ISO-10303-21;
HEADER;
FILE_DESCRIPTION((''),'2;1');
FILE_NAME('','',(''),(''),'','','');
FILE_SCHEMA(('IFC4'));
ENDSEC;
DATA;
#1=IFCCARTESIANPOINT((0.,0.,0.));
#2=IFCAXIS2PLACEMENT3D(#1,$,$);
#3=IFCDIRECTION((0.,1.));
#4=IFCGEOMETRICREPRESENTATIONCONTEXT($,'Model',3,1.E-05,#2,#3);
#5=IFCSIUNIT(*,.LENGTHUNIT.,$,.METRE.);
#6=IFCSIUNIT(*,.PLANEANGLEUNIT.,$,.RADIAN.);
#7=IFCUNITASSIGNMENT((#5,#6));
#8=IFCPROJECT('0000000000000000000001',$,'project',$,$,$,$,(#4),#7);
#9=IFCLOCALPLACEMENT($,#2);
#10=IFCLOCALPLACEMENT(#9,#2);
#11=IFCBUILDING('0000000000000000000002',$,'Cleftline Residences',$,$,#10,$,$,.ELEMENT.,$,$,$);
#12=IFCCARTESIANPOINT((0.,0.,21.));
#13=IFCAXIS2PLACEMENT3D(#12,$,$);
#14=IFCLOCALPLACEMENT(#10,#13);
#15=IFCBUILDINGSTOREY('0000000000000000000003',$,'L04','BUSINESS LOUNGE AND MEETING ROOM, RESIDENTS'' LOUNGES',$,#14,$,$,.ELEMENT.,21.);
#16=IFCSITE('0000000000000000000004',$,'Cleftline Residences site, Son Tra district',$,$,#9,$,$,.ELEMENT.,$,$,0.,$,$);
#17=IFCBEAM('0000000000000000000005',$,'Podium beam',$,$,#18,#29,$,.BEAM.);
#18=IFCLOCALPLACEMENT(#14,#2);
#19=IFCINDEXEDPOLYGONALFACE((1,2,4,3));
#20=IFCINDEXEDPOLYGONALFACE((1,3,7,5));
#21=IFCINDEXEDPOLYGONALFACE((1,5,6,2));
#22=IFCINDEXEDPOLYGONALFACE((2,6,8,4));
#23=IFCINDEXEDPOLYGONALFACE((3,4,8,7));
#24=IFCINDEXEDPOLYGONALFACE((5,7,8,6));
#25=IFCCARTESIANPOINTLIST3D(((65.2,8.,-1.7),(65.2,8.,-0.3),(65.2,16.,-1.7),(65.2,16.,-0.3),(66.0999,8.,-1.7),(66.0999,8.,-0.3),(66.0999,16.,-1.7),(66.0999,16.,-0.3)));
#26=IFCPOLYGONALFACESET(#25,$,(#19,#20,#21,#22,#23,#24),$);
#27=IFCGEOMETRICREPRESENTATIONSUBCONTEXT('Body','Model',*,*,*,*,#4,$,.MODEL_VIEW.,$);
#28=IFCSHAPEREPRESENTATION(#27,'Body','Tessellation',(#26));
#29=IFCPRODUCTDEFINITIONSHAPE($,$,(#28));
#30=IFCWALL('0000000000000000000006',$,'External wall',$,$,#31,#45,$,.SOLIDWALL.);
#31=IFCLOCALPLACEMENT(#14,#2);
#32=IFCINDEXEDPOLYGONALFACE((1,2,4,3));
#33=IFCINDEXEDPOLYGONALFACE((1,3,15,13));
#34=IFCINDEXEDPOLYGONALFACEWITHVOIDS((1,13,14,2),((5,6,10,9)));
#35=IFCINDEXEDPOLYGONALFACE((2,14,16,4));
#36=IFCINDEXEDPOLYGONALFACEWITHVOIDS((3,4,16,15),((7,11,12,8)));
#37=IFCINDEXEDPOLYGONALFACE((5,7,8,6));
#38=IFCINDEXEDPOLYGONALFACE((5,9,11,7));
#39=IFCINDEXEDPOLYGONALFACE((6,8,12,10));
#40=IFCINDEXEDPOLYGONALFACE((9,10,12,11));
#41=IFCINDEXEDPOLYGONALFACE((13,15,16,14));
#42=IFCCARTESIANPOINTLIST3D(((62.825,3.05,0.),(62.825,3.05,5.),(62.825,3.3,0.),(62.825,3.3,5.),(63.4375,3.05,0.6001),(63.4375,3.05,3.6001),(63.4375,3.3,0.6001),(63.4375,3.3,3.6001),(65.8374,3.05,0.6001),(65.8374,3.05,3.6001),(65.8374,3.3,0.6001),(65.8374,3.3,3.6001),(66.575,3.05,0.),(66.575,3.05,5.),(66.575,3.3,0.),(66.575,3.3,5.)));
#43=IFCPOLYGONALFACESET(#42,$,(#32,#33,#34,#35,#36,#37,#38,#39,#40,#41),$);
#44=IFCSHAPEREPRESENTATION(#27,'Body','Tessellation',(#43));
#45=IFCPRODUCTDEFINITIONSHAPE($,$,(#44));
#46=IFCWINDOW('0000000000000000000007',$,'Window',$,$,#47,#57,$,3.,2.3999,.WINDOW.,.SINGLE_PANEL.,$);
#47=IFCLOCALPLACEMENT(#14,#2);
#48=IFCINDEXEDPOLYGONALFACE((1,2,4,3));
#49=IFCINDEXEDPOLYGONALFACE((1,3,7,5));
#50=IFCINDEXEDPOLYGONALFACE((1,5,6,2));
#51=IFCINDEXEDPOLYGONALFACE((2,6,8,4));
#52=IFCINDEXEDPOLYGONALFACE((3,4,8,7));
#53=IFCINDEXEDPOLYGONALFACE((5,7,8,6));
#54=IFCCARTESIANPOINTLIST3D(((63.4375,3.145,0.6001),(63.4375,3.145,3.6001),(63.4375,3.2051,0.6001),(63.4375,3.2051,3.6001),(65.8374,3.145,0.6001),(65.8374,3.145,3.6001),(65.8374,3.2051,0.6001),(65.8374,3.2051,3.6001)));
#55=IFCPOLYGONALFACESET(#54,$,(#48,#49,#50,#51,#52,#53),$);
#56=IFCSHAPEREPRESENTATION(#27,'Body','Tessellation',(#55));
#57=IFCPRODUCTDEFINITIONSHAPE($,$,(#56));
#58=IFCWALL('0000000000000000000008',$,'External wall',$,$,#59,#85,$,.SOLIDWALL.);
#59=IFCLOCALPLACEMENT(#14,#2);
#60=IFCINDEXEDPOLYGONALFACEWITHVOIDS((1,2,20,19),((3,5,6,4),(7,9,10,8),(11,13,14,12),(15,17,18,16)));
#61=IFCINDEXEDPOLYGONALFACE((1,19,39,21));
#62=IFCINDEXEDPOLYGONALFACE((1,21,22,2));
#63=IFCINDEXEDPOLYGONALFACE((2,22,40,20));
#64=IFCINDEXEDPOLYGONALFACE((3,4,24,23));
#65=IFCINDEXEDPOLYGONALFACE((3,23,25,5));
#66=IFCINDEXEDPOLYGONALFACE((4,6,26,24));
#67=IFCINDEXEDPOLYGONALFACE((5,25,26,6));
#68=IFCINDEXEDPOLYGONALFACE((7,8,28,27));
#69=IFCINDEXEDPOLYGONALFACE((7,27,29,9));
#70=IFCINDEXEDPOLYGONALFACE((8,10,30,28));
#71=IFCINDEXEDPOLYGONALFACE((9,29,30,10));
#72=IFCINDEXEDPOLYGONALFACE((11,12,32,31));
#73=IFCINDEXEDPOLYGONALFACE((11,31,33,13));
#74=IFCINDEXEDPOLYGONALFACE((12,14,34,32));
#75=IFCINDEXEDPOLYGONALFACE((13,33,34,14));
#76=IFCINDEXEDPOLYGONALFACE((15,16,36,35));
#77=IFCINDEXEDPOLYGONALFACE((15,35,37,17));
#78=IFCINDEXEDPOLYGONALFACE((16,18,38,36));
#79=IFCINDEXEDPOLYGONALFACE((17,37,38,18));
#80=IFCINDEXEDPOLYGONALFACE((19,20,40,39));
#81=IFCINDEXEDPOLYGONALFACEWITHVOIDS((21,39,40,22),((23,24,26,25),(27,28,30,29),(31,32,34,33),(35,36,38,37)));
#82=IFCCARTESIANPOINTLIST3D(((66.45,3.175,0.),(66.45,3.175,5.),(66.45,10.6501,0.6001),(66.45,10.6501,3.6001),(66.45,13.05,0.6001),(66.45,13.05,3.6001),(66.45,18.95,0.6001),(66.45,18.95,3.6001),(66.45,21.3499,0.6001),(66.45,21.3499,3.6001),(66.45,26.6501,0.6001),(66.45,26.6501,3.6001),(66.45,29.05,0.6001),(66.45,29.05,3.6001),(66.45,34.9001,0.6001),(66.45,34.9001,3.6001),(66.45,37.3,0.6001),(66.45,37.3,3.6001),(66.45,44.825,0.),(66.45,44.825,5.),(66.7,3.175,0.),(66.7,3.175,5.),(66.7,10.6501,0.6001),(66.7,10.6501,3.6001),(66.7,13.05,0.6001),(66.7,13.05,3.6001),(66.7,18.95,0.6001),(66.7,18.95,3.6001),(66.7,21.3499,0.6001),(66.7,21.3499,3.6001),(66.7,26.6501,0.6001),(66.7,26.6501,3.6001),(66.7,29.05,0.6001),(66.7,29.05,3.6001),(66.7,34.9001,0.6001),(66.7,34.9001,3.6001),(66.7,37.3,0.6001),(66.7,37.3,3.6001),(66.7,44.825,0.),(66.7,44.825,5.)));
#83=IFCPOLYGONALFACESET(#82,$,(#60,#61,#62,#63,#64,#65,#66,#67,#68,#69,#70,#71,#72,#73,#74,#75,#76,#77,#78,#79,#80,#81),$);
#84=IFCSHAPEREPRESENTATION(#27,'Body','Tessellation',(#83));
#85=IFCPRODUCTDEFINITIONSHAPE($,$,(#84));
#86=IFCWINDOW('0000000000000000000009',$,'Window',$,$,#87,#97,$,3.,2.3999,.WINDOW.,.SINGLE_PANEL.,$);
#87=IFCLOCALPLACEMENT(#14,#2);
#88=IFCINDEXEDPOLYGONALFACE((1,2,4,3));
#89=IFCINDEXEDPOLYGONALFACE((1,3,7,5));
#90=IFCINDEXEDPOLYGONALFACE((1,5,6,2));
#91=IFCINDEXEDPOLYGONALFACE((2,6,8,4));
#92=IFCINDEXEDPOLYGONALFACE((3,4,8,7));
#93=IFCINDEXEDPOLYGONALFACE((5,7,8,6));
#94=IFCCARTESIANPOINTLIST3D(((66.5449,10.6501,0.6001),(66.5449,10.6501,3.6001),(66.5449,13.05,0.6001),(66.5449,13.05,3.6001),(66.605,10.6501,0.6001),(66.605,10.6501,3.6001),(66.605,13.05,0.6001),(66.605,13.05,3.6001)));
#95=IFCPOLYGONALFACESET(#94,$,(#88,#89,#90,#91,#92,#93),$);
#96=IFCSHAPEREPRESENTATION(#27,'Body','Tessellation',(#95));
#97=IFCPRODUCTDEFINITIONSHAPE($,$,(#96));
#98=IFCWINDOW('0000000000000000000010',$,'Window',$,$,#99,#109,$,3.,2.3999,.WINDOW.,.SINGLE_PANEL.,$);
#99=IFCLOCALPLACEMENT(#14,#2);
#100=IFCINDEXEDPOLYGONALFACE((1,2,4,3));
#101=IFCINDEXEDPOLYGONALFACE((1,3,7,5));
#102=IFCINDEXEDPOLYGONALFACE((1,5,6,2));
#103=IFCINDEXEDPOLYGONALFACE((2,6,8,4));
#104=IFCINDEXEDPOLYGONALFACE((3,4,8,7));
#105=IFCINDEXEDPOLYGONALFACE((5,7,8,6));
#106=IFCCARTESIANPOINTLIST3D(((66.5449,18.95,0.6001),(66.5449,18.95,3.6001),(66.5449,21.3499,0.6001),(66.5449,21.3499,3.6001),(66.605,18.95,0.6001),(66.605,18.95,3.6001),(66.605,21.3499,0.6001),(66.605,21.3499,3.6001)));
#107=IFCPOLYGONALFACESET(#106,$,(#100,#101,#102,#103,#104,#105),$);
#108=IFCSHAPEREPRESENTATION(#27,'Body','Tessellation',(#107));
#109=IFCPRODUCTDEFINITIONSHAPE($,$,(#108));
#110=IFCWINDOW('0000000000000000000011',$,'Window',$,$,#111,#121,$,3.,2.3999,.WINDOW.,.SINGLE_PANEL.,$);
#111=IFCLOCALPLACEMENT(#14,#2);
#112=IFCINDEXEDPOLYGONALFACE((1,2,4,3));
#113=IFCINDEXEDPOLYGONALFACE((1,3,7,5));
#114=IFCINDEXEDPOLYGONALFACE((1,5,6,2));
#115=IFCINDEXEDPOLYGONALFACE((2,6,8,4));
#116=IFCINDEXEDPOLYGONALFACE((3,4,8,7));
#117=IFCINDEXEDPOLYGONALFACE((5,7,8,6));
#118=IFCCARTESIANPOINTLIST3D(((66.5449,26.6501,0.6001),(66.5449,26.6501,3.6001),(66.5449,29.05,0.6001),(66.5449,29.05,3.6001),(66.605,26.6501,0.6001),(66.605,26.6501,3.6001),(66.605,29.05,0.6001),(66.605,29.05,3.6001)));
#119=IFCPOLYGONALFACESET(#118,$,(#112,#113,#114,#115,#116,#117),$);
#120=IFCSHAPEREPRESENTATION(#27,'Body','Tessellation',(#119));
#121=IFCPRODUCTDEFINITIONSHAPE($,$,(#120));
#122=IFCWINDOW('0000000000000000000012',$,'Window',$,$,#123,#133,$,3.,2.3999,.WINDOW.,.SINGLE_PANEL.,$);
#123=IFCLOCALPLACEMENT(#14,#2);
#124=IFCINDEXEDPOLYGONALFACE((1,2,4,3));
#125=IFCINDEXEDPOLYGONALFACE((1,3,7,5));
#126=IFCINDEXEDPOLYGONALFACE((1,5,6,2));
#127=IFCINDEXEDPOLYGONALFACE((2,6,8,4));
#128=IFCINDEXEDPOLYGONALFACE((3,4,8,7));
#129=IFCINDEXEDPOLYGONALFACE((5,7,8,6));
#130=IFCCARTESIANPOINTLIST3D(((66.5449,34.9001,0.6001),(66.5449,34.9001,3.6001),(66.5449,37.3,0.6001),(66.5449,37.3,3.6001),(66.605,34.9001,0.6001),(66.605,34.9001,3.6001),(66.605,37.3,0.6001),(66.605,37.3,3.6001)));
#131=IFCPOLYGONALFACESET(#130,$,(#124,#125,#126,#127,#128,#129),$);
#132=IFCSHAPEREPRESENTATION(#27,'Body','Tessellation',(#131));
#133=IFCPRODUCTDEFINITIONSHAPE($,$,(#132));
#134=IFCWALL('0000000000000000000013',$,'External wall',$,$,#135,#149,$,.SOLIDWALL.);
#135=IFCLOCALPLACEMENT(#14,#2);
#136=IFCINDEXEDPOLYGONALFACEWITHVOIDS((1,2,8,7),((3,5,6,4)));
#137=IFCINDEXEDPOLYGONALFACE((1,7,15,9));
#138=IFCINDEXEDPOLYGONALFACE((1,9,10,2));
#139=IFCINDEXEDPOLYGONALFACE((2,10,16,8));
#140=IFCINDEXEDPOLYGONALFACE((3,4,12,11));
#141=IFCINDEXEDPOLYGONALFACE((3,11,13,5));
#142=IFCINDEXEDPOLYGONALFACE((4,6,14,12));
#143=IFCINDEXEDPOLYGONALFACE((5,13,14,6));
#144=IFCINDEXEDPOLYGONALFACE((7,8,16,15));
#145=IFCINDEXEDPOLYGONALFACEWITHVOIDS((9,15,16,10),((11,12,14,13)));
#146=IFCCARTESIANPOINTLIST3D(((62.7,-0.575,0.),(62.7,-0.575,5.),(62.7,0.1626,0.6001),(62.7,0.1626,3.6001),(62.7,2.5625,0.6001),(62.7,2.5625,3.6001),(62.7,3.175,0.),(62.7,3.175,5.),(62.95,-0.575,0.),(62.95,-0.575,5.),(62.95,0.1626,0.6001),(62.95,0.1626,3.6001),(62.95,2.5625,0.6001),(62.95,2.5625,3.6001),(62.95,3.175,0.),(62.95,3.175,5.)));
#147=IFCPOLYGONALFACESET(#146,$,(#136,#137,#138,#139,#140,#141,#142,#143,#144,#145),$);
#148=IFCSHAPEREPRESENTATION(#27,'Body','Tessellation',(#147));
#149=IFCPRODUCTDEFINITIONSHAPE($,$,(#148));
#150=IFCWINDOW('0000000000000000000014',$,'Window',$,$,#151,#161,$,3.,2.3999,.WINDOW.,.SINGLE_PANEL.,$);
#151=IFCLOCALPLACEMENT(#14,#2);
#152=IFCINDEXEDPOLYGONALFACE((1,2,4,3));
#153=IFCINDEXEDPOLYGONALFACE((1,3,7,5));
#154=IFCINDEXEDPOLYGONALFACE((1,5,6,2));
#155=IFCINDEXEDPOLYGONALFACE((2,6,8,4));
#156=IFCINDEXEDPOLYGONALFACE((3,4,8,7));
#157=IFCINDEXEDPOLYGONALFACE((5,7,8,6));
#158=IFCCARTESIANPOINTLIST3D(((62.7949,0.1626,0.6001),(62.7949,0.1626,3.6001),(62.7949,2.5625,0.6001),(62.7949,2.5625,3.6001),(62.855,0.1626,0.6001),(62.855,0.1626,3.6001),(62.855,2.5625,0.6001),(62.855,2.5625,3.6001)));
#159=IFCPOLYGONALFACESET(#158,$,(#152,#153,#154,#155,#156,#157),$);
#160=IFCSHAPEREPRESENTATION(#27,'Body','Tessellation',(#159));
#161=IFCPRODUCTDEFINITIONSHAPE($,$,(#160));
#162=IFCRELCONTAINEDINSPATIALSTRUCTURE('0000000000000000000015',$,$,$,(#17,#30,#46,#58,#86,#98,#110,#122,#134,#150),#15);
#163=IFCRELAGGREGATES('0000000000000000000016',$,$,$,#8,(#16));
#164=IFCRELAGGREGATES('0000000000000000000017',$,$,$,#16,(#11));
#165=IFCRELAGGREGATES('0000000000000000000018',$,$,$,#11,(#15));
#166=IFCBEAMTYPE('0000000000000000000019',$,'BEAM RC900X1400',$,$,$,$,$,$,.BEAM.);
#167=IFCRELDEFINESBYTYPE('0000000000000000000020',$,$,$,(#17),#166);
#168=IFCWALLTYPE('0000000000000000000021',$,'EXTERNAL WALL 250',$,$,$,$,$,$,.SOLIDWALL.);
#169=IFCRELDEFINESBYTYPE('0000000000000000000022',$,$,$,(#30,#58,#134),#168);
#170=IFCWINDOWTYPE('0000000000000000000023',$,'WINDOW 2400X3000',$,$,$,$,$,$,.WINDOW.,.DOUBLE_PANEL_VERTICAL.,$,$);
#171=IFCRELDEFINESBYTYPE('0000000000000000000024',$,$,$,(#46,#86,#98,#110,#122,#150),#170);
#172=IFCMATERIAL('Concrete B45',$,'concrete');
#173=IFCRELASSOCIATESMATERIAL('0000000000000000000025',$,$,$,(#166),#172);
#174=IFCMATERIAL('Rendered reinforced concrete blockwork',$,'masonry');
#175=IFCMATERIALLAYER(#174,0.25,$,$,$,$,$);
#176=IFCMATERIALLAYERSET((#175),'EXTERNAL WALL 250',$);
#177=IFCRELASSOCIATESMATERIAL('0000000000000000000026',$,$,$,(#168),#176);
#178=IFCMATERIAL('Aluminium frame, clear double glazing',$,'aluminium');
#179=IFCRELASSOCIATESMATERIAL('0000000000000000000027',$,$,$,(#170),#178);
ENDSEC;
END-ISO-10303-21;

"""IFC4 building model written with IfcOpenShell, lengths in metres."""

from ifc_helpers import new_model, si_unit, direction, frame, frame_2d, origin, origin_2d, place, context, subcontext, project, spatial, rectangle, extrude, material, layer, layer_set, material_profile, profile_set, type_object, element, fill, save


model = new_model("IFC4")

# Units and contexts
model_context = context("Model", 3, precision=1e-05, world=origin(), true_north=direction((0.0, 1.0)))
body_context = subcontext(model_context, "Body", "Model", "MODEL_VIEW")
ifc_project = project(units=[si_unit("LENGTHUNIT", "METRE"), si_unit("PLANEANGLEUNIT", "RADIAN")], contexts=[model_context])

# Site, building, storey
site_placement = place(None, origin())
site = spatial("IfcSite", under=ifc_project, at=site_placement, Name="Cleftline Residences site, Son Tra district", CompositionType="ELEMENT", RefElevation=0.0)
building_placement = place(site_placement, origin())
building = spatial("IfcBuilding", under=site, at=building_placement, Name="Cleftline Residences", CompositionType="ELEMENT")
storey_placement = place(building_placement, frame((0.0, 0.0, 21.0)))
storey = spatial("IfcBuildingStorey", under=building, at=storey_placement, Name="L04", Description="BUSINESS LOUNGE AND MEETING ROOM, RESIDENTS' LOUNGES", CompositionType="ELEMENT", Elevation=21.0)

# Beam
ifc_material_1 = material(Name="Concrete B45", Category="concrete")
ifc_material_profile_1 = material_profile(ifc_material_1, rectangle(XDim=0.8999, YDim=1.3999, at=origin_2d()))
ifc_profile_set_1 = profile_set([ifc_material_profile_1], Name="Concrete B45")
beam_type = type_object("IfcBeamType", Name="BEAM RC900X1400", PredefinedType="BEAM", material=ifc_profile_set_1)
for number, where, z_axis, x_axis, name in (
    (1, (65.6499, 8.0, -1.0), (0.0, 1.0, 0.0), (-1.0, 0.0, 0.0), "Podium beam"),
):
    element("IfcBeam", number, at=place(storey_placement, frame(where, z_axis=z_axis, x_axis=x_axis)), inside=storey, type_object=beam_type, Name=name, PredefinedType="BEAM", context=body_context, shape_type="SweptSolid", body=[
        extrude(rectangle(XDim=0.8999, YDim=1.3999, at=origin_2d()), origin(), (0.0, 0.0, 1.0), 8.0),
    ])

# Wall, opening, window
ifc_material_2 = material(Name="Rendered reinforced concrete blockwork", Category="masonry")
ifc_layer_1 = layer(ifc_material_2, 0.25)
ifc_layer_set_1 = layer_set([ifc_layer_1], Name="EXTERNAL WALL 250")
wall_type_1 = type_object("IfcWallType", Name="EXTERNAL WALL 250", PredefinedType="SOLIDWALL", material=ifc_layer_set_1)
wall_1_placement = place(storey_placement, frame((62.825, 3.175, 0.0), z_axis=(0.0, 0.0, 1.0), x_axis=(1.0, 0.0, 0.0)))
wall_1 = element("IfcWall", 2, at=wall_1_placement, inside=storey, type_object=wall_type_1, Name="External wall", PredefinedType="SOLIDWALL", context=body_context, shape_type="SweptSolid", body=[
    extrude(rectangle(XDim=3.75, YDim=0.25, at=frame_2d((1.875, 0.0))), origin(), (0.0, 0.0, 1.0), 5.0),
])
opening_1_placement = place(wall_1_placement, frame((0.6125, 0.0, 0.6001)))
opening_1 = element("IfcOpeningElement", 3, at=opening_1_placement, cuts=wall_1, PredefinedType="OPENING", context=body_context, shape_type="SweptSolid", body=[
    extrude(rectangle(XDim=2.3999, YDim=3.0, at=frame_2d((1.2, 1.5))), frame((0.0, 0.135, 0.0), z_axis=(0.0, -1.0, 0.0), x_axis=(1.0, 0.0, 0.0)), (0.0, 0.0, 1.0), 0.27),
])
ifc_material_3 = material(Name="Aluminium frame, clear double glazing", Category="aluminium")
window_type = type_object("IfcWindowType", Name="WINDOW 2400X3000", PartitioningType="DOUBLE_PANEL_VERTICAL", PredefinedType="WINDOW", material=ifc_material_3)
window_1_placement = place(opening_1_placement, origin())
window_1 = element("IfcWindow", 4, at=window_1_placement, inside=storey, type_object=window_type, Name="Window", OverallHeight=3.0, OverallWidth=2.3999, PartitioningType="SINGLE_PANEL", PredefinedType="WINDOW", context=body_context, shape_type="SweptSolid", body=[
    extrude(rectangle(XDim=2.3999, YDim=3.0, at=frame_2d((1.2, 1.5))), frame((0.0, 0.03, 0.0), z_axis=(0.0, -1.0, 0.0), x_axis=(1.0, 0.0, 0.0)), (0.0, 0.0, 1.0), 0.0601),
])
fill(opening_1, window_1)

# Wall, openings, windows
wall_2_placement = place(storey_placement, frame((66.575, 3.175, 0.0), z_axis=(0.0, 0.0, 1.0), x_axis=(0.0, 1.0, 0.0)))
wall_2 = element("IfcWall", 5, at=wall_2_placement, inside=storey, type_object=wall_type_1, Name="External wall", PredefinedType="SOLIDWALL", context=body_context, shape_type="SweptSolid", body=[
    extrude(rectangle(XDim=41.6499, YDim=0.25, at=frame_2d((20.825, 0.0))), origin(), (0.0, 0.0, 1.0), 5.0),
])
opening_2_placement = place(wall_2_placement, frame((7.4751, 0.0, 0.6001)))
opening_2 = element("IfcOpeningElement", 6, at=opening_2_placement, cuts=wall_2, PredefinedType="OPENING", context=body_context, shape_type="SweptSolid", body=[
    extrude(rectangle(XDim=2.3999, YDim=3.0, at=frame_2d((1.2, 1.5))), frame((0.0, 0.135, 0.0), z_axis=(0.0, -1.0, 0.0), x_axis=(1.0, 0.0, 0.0)), (0.0, 0.0, 1.0), 0.27),
])
opening_3_placement = place(wall_2_placement, frame((15.7749, 0.0, 0.6001)))
opening_3 = element("IfcOpeningElement", 7, at=opening_3_placement, cuts=wall_2, PredefinedType="OPENING", context=body_context, shape_type="SweptSolid", body=[
    extrude(rectangle(XDim=2.3999, YDim=3.0, at=frame_2d((1.2, 1.5))), frame((0.0, 0.135, 0.0), z_axis=(0.0, -1.0, 0.0), x_axis=(1.0, 0.0, 0.0)), (0.0, 0.0, 1.0), 0.27),
])
opening_4_placement = place(wall_2_placement, frame((23.4751, 0.0, 0.6001)))
opening_4 = element("IfcOpeningElement", 8, at=opening_4_placement, cuts=wall_2, PredefinedType="OPENING", context=body_context, shape_type="SweptSolid", body=[
    extrude(rectangle(XDim=2.3999, YDim=3.0, at=frame_2d((1.2, 1.5))), frame((0.0, 0.135, 0.0), z_axis=(0.0, -1.0, 0.0), x_axis=(1.0, 0.0, 0.0)), (0.0, 0.0, 1.0), 0.27),
])
opening_5_placement = place(wall_2_placement, frame((31.7251, 0.0, 0.6001)))
opening_5 = element("IfcOpeningElement", 9, at=opening_5_placement, cuts=wall_2, PredefinedType="OPENING", context=body_context, shape_type="SweptSolid", body=[
    extrude(rectangle(XDim=2.3999, YDim=3.0, at=frame_2d((1.2, 1.5))), frame((0.0, 0.135, 0.0), z_axis=(0.0, -1.0, 0.0), x_axis=(1.0, 0.0, 0.0)), (0.0, 0.0, 1.0), 0.27),
])
window_2_placement = place(opening_2_placement, origin())
window_2 = element("IfcWindow", 10, at=window_2_placement, inside=storey, type_object=window_type, Name="Window", OverallHeight=3.0, OverallWidth=2.3999, PartitioningType="SINGLE_PANEL", PredefinedType="WINDOW", context=body_context, shape_type="SweptSolid", body=[
    extrude(rectangle(XDim=2.3999, YDim=3.0, at=frame_2d((1.2, 1.5))), frame((0.0, 0.03, 0.0), z_axis=(0.0, -1.0, 0.0), x_axis=(1.0, 0.0, 0.0)), (0.0, 0.0, 1.0), 0.0601),
])
fill(opening_2, window_2)
window_3_placement = place(opening_3_placement, origin())
window_3 = element("IfcWindow", 11, at=window_3_placement, inside=storey, type_object=window_type, Name="Window", OverallHeight=3.0, OverallWidth=2.3999, PartitioningType="SINGLE_PANEL", PredefinedType="WINDOW", context=body_context, shape_type="SweptSolid", body=[
    extrude(rectangle(XDim=2.3999, YDim=3.0, at=frame_2d((1.2, 1.5))), frame((0.0, 0.03, 0.0), z_axis=(0.0, -1.0, 0.0), x_axis=(1.0, 0.0, 0.0)), (0.0, 0.0, 1.0), 0.0601),
])
fill(opening_3, window_3)
window_4_placement = place(opening_4_placement, origin())
window_4 = element("IfcWindow", 12, at=window_4_placement, inside=storey, type_object=window_type, Name="Window", OverallHeight=3.0, OverallWidth=2.3999, PartitioningType="SINGLE_PANEL", PredefinedType="WINDOW", context=body_context, shape_type="SweptSolid", body=[
    extrude(rectangle(XDim=2.3999, YDim=3.0, at=frame_2d((1.2, 1.5))), frame((0.0, 0.03, 0.0), z_axis=(0.0, -1.0, 0.0), x_axis=(1.0, 0.0, 0.0)), (0.0, 0.0, 1.0), 0.0601),
])
fill(opening_4, window_4)
window_5_placement = place(opening_5_placement, origin())
window_5 = element("IfcWindow", 13, at=window_5_placement, inside=storey, type_object=window_type, Name="Window", OverallHeight=3.0, OverallWidth=2.3999, PartitioningType="SINGLE_PANEL", PredefinedType="WINDOW", context=body_context, shape_type="SweptSolid", body=[
    extrude(rectangle(XDim=2.3999, YDim=3.0, at=frame_2d((1.2, 1.5))), frame((0.0, 0.03, 0.0), z_axis=(0.0, -1.0, 0.0), x_axis=(1.0, 0.0, 0.0)), (0.0, 0.0, 1.0), 0.0601),
])
fill(opening_5, window_5)

# Wall, opening, window
wall_3_placement = place(storey_placement, frame((62.825, -0.575, 0.0), z_axis=(0.0, 0.0, 1.0), x_axis=(0.0, 1.0, 0.0)))
wall_3 = element("IfcWall", 14, at=wall_3_placement, inside=storey, type_object=wall_type_1, Name="External wall", PredefinedType="SOLIDWALL", context=body_context, shape_type="SweptSolid", body=[
    extrude(rectangle(XDim=3.75, YDim=0.25, at=frame_2d((1.875, 0.0))), origin(), (0.0, 0.0, 1.0), 5.0),
])
opening_6_placement = place(wall_3_placement, frame((0.7375, 0.0, 0.6001)))
opening_6 = element("IfcOpeningElement", 15, at=opening_6_placement, cuts=wall_3, PredefinedType="OPENING", context=body_context, shape_type="SweptSolid", body=[
    extrude(rectangle(XDim=2.3999, YDim=3.0, at=frame_2d((1.2, 1.5))), frame((0.0, 0.135, 0.0), z_axis=(0.0, -1.0, 0.0), x_axis=(1.0, 0.0, 0.0)), (0.0, 0.0, 1.0), 0.27),
])
window_6_placement = place(opening_6_placement, origin())
window_6 = element("IfcWindow", 16, at=window_6_placement, inside=storey, type_object=window_type, Name="Window", OverallHeight=3.0, OverallWidth=2.3999, PartitioningType="SINGLE_PANEL", PredefinedType="WINDOW", context=body_context, shape_type="SweptSolid", body=[
    extrude(rectangle(XDim=2.3999, YDim=3.0, at=frame_2d((1.2, 1.5))), frame((0.0, 0.03, 0.0), z_axis=(0.0, -1.0, 0.0), x_axis=(1.0, 0.0, 0.0)), (0.0, 0.0, 1.0), 0.0601),
])
fill(opening_6, window_6)

save(model, "model.ifc")
